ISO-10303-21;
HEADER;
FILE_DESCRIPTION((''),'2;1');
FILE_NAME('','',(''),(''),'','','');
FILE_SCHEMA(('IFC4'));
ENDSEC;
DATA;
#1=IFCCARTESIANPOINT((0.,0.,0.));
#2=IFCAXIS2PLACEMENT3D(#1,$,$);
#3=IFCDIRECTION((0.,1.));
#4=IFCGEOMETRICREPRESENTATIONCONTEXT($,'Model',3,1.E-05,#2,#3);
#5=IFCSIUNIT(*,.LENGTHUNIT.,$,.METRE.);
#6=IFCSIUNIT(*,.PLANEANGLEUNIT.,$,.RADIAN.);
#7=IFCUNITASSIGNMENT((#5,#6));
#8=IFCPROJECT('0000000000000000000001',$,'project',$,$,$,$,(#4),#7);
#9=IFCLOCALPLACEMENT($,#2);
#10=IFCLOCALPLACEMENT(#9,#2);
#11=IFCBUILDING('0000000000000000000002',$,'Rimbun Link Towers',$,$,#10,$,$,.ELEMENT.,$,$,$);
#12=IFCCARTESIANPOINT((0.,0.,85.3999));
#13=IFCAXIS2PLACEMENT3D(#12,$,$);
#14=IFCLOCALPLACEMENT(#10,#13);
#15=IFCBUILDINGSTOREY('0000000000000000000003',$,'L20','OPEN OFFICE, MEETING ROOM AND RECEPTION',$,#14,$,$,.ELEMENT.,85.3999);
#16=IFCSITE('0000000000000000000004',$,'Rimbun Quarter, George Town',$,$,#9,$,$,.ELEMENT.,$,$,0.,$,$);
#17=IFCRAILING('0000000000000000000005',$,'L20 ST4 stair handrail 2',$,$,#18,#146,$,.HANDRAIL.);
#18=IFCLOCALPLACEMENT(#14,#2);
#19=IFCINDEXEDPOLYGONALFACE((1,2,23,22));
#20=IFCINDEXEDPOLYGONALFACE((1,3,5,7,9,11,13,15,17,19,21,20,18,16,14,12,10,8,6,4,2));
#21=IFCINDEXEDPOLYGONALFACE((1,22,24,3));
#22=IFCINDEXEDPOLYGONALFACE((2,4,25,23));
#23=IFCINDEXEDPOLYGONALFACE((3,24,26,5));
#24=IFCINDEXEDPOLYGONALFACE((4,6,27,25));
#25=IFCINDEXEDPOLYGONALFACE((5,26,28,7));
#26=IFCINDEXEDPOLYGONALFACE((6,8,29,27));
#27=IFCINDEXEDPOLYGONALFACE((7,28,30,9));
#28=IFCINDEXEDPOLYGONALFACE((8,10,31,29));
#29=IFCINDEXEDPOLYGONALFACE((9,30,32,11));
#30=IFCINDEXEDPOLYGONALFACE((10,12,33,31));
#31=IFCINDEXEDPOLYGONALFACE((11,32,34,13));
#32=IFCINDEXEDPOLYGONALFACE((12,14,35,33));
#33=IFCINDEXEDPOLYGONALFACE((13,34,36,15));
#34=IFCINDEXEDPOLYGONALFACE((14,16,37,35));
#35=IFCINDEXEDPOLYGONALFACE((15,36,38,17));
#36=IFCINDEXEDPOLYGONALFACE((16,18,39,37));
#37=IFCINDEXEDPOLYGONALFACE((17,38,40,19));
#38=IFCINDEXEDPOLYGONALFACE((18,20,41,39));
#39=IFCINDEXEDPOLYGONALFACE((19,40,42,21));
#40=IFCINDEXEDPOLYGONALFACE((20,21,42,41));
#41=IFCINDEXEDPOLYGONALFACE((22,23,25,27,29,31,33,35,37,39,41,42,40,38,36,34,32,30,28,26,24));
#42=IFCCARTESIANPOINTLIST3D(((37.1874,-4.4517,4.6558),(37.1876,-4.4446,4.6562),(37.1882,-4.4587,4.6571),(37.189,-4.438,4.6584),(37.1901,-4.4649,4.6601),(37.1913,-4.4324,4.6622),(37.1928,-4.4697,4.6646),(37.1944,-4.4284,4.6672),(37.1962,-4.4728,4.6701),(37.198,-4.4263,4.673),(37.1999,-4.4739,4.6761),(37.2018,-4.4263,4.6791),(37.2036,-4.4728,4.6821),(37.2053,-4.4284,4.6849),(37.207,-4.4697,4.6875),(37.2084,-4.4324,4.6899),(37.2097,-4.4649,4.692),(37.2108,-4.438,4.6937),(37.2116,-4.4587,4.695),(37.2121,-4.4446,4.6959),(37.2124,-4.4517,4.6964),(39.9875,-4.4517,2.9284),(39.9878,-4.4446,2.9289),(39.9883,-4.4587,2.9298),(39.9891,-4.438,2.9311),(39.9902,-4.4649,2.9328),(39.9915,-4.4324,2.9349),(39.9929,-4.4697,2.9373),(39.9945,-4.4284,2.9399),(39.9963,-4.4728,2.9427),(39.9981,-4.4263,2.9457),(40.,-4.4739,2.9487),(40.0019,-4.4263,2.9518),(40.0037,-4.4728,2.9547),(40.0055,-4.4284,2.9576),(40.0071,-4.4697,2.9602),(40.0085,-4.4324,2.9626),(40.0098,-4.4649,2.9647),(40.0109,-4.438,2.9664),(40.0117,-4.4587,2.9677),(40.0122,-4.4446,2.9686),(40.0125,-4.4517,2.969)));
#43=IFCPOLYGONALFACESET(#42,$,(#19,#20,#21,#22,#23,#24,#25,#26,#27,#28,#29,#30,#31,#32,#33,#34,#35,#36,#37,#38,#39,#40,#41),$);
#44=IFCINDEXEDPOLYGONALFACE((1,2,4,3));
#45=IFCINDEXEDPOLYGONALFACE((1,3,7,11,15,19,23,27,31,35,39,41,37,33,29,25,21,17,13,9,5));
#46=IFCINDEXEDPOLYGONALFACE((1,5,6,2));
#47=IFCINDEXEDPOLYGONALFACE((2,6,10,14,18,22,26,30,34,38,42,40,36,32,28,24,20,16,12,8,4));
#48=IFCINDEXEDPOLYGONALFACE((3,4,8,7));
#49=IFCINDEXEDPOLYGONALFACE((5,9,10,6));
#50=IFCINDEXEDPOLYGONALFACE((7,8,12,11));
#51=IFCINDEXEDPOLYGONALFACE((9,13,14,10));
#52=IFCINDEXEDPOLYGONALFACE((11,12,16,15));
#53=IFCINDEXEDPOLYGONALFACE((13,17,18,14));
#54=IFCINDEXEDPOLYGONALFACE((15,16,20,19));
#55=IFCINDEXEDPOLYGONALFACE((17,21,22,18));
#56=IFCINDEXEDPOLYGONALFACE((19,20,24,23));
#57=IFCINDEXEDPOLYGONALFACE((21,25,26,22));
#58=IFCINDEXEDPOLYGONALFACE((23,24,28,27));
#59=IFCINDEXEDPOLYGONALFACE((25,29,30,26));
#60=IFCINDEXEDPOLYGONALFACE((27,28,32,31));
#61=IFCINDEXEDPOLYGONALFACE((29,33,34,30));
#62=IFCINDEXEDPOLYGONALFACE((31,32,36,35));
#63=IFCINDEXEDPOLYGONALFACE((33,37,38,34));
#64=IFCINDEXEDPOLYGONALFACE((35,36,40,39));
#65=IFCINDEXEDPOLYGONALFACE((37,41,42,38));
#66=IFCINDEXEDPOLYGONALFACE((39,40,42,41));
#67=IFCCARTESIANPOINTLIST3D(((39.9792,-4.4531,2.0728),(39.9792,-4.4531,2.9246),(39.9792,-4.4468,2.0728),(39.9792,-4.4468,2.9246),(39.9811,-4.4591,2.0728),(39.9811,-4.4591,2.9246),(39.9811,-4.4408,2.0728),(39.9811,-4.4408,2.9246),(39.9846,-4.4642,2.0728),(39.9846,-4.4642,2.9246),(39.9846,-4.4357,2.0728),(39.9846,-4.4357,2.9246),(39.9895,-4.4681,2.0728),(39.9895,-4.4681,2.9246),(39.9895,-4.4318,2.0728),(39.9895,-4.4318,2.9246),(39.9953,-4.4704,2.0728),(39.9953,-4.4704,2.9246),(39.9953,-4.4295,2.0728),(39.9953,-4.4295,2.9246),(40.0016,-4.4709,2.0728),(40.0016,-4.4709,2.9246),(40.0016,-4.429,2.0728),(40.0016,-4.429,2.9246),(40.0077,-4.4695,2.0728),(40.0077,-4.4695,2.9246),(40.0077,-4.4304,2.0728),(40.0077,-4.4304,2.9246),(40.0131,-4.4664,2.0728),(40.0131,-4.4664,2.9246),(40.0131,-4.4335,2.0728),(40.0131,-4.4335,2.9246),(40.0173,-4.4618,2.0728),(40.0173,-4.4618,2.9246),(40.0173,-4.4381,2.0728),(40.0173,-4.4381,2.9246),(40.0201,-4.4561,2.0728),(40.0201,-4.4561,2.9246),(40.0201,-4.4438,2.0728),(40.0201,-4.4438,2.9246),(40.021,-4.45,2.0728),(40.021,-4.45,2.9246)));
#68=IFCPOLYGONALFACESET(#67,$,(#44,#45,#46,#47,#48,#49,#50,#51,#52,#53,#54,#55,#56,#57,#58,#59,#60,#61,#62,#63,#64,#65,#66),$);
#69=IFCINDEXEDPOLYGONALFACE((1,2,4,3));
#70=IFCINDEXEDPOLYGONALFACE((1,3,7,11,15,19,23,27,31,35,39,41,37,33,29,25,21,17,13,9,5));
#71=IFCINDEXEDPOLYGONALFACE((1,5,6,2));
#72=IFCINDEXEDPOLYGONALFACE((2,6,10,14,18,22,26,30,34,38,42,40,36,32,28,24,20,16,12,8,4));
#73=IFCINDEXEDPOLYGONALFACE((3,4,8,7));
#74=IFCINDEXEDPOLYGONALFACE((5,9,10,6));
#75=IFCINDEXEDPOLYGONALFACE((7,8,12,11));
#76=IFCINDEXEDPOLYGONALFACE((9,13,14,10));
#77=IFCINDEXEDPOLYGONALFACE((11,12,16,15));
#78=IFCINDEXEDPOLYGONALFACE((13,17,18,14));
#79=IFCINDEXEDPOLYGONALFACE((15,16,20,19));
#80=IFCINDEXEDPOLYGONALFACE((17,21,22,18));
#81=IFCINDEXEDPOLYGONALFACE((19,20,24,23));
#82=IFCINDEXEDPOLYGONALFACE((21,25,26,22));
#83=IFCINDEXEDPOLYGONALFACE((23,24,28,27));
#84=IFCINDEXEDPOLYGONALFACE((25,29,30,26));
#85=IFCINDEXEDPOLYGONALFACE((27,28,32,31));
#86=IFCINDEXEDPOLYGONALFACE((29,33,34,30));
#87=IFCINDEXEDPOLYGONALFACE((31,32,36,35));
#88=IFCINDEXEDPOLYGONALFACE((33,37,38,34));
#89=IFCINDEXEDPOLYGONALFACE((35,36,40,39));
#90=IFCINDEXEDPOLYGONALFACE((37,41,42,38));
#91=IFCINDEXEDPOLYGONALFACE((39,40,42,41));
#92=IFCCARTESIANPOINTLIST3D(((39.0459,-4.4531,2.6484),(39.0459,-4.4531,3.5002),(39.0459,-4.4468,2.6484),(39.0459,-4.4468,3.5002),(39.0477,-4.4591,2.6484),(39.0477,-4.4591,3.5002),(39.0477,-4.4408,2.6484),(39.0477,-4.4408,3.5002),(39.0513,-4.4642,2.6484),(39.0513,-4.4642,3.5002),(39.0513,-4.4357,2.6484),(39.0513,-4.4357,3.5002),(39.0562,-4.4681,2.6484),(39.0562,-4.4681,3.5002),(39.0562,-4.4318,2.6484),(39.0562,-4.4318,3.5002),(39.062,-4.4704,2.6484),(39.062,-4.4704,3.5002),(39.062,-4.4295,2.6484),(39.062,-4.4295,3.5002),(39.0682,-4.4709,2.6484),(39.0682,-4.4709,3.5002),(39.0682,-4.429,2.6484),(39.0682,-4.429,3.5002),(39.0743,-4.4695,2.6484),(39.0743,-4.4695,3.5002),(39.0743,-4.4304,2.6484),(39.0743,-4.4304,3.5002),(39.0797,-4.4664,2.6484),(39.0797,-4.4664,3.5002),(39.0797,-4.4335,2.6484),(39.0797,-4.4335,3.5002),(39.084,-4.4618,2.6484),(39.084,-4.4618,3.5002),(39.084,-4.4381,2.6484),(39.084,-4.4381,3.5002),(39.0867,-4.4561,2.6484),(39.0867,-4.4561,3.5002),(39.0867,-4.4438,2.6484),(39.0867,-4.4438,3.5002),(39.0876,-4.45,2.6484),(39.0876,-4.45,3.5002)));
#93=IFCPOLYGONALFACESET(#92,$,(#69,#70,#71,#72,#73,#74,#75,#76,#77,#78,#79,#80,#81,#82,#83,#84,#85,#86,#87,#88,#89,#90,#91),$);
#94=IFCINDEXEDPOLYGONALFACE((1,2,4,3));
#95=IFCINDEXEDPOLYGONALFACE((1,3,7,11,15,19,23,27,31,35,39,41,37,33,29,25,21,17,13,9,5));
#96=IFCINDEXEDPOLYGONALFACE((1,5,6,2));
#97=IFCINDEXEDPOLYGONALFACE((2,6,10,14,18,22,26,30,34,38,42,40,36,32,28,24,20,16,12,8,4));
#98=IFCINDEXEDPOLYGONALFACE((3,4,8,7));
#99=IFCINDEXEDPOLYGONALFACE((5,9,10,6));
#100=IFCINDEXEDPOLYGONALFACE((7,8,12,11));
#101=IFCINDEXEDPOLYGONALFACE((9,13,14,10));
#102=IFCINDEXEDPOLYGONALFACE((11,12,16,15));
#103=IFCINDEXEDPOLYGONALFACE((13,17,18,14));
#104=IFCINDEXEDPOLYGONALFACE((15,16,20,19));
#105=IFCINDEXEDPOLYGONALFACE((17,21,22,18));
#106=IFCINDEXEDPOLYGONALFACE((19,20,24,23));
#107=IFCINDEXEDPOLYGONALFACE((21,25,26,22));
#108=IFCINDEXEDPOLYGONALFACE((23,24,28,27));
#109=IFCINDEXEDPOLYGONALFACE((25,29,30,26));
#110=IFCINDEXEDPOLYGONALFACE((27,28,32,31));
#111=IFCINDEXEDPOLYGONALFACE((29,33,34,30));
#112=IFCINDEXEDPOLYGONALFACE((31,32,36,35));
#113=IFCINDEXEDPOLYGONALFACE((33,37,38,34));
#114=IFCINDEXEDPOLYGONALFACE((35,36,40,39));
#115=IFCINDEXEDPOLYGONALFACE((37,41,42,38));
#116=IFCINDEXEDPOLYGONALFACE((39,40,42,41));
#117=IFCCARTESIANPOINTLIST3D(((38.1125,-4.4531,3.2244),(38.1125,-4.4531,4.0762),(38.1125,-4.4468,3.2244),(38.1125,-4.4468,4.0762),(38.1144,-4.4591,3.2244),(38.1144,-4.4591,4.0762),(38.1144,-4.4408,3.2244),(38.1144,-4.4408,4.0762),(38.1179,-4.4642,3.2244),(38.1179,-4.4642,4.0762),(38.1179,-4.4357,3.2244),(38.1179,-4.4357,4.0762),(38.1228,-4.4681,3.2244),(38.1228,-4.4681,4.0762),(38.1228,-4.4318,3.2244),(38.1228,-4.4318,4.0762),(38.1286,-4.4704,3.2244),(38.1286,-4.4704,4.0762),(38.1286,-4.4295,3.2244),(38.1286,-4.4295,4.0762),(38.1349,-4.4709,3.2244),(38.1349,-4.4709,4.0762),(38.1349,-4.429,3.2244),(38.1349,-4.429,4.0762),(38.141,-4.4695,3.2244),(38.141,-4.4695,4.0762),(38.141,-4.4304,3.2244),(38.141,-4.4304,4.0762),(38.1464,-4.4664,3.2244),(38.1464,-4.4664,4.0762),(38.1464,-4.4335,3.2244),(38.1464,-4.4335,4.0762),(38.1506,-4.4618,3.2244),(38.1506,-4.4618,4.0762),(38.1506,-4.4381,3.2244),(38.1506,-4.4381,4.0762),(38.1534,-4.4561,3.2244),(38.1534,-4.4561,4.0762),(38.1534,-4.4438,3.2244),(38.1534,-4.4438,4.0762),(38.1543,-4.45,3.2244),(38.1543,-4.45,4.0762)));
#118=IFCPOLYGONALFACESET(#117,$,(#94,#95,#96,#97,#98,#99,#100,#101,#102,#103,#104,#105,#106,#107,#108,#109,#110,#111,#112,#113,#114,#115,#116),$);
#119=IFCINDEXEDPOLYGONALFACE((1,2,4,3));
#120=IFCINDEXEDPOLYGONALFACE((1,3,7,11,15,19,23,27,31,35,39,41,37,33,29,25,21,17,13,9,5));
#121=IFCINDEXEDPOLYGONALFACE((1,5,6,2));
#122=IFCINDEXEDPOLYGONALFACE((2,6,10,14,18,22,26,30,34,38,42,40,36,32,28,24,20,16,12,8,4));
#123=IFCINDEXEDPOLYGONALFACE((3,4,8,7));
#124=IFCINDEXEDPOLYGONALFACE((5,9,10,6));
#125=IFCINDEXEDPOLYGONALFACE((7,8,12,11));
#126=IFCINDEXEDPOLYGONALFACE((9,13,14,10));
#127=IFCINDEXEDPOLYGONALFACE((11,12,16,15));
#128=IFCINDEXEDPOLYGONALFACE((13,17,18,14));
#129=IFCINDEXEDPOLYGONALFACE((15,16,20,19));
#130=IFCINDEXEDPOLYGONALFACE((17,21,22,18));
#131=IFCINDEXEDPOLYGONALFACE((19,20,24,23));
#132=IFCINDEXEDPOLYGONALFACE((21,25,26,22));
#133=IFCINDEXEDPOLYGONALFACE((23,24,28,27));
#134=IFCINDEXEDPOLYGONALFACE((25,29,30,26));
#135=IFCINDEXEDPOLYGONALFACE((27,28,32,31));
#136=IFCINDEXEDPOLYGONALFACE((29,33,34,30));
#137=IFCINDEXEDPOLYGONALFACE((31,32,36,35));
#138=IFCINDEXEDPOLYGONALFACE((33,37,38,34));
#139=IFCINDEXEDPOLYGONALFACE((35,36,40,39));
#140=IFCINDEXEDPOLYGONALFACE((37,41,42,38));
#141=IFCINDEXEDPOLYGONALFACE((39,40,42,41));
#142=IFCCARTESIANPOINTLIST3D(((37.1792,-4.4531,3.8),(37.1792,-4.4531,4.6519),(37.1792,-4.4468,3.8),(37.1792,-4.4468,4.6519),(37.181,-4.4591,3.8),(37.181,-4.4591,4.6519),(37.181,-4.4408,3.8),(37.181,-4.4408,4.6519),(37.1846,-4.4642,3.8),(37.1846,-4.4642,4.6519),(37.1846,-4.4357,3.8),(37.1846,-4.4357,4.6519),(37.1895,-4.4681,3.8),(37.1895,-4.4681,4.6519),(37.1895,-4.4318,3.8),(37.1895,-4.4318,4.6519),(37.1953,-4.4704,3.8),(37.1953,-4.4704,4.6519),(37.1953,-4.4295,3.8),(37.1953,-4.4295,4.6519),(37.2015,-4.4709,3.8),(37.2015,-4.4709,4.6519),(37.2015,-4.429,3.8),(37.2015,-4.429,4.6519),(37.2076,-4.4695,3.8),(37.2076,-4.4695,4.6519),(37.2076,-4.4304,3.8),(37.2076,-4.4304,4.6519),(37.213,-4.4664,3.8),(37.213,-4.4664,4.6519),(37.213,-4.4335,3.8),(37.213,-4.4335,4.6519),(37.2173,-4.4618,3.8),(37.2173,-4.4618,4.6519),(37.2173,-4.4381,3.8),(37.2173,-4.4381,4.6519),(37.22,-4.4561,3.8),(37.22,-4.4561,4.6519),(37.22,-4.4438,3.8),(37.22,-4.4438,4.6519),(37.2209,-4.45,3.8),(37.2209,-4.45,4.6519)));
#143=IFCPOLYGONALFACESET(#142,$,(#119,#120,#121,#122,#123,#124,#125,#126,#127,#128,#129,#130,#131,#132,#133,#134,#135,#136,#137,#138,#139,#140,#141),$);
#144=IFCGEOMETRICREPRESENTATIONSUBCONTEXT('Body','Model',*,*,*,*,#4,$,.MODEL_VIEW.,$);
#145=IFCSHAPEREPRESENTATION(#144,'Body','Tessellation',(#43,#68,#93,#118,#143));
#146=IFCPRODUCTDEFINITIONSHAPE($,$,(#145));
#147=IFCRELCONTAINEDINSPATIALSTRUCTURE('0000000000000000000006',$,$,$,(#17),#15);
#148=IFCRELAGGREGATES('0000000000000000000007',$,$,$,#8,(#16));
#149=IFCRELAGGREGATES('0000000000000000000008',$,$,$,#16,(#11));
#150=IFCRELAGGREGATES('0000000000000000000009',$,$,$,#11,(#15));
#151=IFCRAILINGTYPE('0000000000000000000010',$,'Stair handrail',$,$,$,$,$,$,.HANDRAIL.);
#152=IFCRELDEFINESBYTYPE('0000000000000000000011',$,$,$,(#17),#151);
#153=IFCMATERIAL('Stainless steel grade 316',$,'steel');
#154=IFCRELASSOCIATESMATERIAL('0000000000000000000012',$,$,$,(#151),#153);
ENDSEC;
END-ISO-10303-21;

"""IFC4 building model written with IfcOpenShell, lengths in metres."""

from ifc_helpers import new_model, si_unit, direction, frame, origin, origin_2d, place, context, subcontext, project, spatial, circle, extrude, material, type_object, element, save


model = new_model("IFC4")

# Units and contexts
model_context = context("Model", 3, precision=1e-05, world=origin(), true_north=direction((0.0, 1.0)))
body_context = subcontext(model_context, "Body", "Model", "MODEL_VIEW")
ifc_project = project(units=[si_unit("LENGTHUNIT", "METRE"), si_unit("PLANEANGLEUNIT", "RADIAN")], contexts=[model_context])

# Site, building, storey
site_placement = place(None, origin())
site = spatial("IfcSite", under=ifc_project, at=site_placement, Name="Rimbun Quarter, George Town", CompositionType="ELEMENT", RefElevation=0.0)
building_placement = place(site_placement, origin())
building = spatial("IfcBuilding", under=site, at=building_placement, Name="Rimbun Link Towers", CompositionType="ELEMENT")
storey_placement = place(building_placement, frame((0.0, 0.0, 85.3999)))
storey = spatial("IfcBuildingStorey", under=building, at=storey_placement, Name="L20", Description="OPEN OFFICE, MEETING ROOM AND RECEPTION", CompositionType="ELEMENT", Elevation=85.3999)

# Railing
ifc_material_1 = material(Name="Stainless steel grade 316", Category="steel")
railing_type = type_object("IfcRailingType", Name="Stair handrail", PredefinedType="HANDRAIL", material=ifc_material_1)
railing_placement = place(storey_placement, frame((40.0, -4.45, 2.0728)))
element("IfcRailing", 1, at=railing_placement, inside=storey, type_object=railing_type, Name="L20 ST4 stair handrail 2", PredefinedType="HANDRAIL", context=body_context, shape_type="SweptSolid", body=[
    extrude(circle(Radius=0.0239, at=origin_2d()), frame((0.0, 0.0, 0.876), z_axis=(-0.85109, 0.0, 0.52502), x_axis=(0.0, -1.0, 0.0)), (0.0, 0.0, 1.0), 3.29),
    extrude(circle(Radius=0.021, at=origin_2d()), origin(), (0.0, 0.0, 1.0), 0.8518),
    extrude(circle(Radius=0.021, at=origin_2d()), frame((-0.9333, 0.0, 0.5757)), (0.0, 0.0, 1.0), 0.8518),
    extrude(circle(Radius=0.021, at=origin_2d()), frame((-1.8667, 0.0, 1.1516)), (0.0, 0.0, 1.0), 0.8518),
    extrude(circle(Radius=0.021, at=origin_2d()), frame((-2.8, 0.0, 1.7273)), (0.0, 0.0, 1.0), 0.8518),
])

save(model, "model.ifc")
